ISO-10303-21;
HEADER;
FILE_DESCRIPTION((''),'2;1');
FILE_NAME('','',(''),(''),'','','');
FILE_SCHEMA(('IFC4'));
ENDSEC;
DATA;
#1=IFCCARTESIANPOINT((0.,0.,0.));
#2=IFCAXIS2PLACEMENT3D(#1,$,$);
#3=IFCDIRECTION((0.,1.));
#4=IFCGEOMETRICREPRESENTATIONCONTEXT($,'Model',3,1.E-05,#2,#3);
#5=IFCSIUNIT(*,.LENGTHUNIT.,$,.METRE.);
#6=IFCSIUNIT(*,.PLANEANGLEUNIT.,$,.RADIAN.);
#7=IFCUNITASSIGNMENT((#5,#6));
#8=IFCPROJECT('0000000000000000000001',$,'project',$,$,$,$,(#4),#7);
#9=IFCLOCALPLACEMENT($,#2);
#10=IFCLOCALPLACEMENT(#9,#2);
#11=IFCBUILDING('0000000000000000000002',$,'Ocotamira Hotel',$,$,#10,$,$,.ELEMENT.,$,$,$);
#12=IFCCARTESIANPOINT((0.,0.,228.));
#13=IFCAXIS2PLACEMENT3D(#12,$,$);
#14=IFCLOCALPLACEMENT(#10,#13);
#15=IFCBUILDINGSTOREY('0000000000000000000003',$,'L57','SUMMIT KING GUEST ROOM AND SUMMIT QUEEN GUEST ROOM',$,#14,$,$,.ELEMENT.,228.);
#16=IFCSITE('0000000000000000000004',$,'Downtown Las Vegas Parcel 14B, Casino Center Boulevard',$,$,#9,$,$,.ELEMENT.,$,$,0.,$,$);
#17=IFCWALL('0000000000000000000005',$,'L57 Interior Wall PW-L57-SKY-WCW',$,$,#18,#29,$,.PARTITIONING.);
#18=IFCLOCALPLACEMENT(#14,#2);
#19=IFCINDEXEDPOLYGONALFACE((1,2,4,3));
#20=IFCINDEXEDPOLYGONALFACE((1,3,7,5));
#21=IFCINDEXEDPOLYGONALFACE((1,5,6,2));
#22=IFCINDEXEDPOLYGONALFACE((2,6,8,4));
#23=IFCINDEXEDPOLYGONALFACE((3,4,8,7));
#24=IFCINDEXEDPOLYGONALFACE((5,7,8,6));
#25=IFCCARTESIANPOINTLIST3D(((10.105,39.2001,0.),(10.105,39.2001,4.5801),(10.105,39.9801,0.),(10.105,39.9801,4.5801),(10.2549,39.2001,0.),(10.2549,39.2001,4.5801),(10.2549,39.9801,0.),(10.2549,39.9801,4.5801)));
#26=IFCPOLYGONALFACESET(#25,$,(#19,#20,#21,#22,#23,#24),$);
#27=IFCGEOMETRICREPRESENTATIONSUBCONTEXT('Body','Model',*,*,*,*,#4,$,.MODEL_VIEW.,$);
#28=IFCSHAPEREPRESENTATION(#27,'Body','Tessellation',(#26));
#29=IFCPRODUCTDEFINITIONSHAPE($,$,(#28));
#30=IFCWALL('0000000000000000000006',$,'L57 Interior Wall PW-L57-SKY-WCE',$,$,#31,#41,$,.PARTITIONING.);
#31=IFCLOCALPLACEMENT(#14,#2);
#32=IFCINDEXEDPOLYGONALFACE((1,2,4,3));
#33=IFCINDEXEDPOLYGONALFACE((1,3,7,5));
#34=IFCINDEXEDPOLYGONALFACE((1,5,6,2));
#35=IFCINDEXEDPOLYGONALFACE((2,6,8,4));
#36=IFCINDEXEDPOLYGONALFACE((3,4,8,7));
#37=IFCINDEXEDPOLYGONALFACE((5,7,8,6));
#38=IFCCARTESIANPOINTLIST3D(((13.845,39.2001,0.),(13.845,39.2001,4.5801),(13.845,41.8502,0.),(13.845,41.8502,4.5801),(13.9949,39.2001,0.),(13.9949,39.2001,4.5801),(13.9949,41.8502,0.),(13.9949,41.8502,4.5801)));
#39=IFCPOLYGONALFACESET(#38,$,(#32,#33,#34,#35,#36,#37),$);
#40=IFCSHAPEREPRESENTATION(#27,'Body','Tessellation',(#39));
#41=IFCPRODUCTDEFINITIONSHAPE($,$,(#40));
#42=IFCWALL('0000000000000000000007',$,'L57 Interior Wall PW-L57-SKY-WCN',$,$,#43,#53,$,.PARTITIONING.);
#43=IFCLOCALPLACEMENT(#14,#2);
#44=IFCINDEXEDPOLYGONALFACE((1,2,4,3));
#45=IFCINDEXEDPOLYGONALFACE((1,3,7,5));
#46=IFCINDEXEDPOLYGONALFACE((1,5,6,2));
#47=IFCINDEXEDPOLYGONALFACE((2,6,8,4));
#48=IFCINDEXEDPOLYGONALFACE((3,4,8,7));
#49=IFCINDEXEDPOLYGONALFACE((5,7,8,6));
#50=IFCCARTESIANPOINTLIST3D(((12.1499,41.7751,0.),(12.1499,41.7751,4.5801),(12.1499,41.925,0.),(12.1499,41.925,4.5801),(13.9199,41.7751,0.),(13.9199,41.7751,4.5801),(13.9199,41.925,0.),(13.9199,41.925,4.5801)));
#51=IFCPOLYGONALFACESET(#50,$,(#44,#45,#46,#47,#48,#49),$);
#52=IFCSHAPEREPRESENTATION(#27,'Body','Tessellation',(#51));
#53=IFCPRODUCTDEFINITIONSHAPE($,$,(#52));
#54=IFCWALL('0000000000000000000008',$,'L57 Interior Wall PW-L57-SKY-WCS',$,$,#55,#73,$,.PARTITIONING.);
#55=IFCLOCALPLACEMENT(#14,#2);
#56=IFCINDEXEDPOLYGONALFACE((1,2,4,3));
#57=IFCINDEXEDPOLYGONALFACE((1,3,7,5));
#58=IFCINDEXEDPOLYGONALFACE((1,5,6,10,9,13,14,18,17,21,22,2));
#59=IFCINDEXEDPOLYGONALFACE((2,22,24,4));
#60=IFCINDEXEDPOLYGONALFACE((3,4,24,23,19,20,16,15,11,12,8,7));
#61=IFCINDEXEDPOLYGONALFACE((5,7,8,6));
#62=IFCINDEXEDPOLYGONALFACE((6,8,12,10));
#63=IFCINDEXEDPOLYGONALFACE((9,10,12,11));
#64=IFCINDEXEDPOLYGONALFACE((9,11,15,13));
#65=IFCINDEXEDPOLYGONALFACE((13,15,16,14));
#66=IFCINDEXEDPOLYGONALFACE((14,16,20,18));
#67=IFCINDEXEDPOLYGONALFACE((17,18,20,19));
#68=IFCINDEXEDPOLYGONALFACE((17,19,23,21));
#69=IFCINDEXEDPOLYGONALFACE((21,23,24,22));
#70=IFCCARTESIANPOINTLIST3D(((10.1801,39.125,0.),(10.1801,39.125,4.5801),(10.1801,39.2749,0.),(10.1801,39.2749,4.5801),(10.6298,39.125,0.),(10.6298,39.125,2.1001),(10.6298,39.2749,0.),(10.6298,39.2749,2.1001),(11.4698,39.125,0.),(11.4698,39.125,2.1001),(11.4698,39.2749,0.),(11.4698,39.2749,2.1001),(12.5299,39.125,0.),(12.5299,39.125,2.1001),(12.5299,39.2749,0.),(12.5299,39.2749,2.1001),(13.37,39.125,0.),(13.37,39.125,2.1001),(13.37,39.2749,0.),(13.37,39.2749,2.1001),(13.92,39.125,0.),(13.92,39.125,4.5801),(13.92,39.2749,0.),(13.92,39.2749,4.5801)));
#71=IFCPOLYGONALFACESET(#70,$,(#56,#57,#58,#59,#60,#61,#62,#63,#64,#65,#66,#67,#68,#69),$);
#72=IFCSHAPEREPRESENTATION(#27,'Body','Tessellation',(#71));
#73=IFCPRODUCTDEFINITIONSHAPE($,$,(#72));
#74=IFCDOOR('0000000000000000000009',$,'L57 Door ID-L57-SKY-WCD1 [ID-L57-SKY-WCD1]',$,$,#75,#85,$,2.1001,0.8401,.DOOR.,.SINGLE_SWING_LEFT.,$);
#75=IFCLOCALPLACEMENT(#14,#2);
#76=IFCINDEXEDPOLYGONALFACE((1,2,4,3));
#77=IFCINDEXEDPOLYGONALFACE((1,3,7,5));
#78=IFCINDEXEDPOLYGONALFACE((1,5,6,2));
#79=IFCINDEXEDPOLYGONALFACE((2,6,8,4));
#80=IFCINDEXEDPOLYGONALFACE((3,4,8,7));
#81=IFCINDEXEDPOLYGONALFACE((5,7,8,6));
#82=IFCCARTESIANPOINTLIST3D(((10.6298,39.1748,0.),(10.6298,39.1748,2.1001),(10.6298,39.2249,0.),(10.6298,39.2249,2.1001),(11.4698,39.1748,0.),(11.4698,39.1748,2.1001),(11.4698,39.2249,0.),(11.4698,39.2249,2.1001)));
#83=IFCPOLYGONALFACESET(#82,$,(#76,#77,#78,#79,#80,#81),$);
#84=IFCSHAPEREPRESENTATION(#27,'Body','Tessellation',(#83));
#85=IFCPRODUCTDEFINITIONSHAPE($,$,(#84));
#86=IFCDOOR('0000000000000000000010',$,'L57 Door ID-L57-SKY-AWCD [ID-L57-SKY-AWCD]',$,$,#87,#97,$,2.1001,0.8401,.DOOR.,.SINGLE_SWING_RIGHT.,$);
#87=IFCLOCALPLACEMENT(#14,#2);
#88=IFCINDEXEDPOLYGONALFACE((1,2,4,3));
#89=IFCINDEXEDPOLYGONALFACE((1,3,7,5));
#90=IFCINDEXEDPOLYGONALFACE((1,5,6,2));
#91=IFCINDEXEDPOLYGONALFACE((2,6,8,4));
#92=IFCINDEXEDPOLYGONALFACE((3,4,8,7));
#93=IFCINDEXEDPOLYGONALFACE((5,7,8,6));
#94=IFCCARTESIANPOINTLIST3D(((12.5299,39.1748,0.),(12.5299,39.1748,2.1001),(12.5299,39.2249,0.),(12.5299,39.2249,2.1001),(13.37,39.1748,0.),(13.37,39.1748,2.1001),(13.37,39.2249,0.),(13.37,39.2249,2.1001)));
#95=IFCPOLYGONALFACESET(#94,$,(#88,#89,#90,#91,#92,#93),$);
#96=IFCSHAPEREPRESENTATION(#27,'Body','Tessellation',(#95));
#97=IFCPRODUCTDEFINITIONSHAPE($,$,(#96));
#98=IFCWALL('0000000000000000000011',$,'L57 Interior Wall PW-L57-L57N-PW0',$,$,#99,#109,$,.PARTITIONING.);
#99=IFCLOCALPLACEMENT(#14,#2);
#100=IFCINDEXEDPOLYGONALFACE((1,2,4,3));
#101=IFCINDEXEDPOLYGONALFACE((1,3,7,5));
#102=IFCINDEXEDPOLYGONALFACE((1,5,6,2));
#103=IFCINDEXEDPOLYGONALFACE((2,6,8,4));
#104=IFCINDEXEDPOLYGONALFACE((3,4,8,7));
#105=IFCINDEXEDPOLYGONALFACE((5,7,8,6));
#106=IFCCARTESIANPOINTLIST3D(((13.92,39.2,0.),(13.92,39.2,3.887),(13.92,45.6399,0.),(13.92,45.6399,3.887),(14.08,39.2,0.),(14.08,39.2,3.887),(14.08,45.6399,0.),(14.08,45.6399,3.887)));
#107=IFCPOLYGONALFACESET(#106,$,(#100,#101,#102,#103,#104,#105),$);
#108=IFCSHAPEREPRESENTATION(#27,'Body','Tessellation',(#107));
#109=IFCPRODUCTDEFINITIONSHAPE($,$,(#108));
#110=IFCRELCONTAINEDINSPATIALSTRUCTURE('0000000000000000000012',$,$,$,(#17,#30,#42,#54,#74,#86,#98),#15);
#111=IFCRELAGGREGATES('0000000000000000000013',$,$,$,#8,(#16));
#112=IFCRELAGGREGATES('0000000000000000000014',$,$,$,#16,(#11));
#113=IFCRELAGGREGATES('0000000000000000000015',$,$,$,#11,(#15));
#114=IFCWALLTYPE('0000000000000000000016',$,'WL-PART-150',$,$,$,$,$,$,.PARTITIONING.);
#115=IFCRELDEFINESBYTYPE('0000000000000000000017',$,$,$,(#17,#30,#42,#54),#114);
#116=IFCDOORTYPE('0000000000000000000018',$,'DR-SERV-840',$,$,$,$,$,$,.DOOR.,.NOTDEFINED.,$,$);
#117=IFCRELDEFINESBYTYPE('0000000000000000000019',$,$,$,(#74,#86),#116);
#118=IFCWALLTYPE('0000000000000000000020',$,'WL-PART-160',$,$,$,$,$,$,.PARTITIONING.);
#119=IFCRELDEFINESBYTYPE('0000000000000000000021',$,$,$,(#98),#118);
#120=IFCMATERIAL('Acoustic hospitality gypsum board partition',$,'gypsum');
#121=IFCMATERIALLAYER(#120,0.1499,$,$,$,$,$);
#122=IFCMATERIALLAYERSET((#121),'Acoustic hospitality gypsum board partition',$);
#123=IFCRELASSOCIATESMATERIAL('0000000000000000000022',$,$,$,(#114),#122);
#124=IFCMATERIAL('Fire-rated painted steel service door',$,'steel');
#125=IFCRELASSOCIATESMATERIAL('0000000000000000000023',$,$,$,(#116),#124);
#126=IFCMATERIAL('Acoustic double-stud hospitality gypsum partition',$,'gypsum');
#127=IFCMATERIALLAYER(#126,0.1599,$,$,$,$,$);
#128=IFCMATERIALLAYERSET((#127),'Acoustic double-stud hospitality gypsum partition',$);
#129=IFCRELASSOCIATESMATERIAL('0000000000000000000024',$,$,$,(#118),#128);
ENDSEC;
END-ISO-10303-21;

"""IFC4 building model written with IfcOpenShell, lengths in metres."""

from ifc_helpers import new_model, si_unit, direction, frame, frame_2d, origin, place, context, subcontext, project, spatial, rectangle, extrude, source, transform, mapped, material, layer, layer_set, type_object, element, fill, save


model = new_model("IFC4")

# Units and contexts
model_context = context("Model", 3, precision=1e-05, world=origin(), true_north=direction((0.0, 1.0)))
body_context = subcontext(model_context, "Body", "Model", "MODEL_VIEW")
ifc_project = project(units=[si_unit("LENGTHUNIT", "METRE"), si_unit("PLANEANGLEUNIT", "RADIAN")], contexts=[model_context])

# Site, building, storey
site_placement = place(None, origin())
site = spatial("IfcSite", under=ifc_project, at=site_placement, Name="Downtown Las Vegas Parcel 14B, Casino Center Boulevard", CompositionType="ELEMENT", RefElevation=0.0)
building_placement = place(site_placement, origin())
building = spatial("IfcBuilding", under=site, at=building_placement, Name="Ocotamira Hotel", CompositionType="ELEMENT")
storey_placement = place(building_placement, frame((0.0, 0.0, 228.0)))
storey = spatial("IfcBuildingStorey", under=building, at=storey_placement, Name="L57", Description="SUMMIT KING GUEST ROOM AND SUMMIT QUEEN GUEST ROOM", CompositionType="ELEMENT", Elevation=228.0)

# Walls
ifc_material_1 = material(Name="Acoustic hospitality gypsum board partition", Category="gypsum")
ifc_layer_1 = layer(ifc_material_1, 0.1499)
ifc_layer_set_1 = layer_set([ifc_layer_1], Name="Acoustic hospitality gypsum board partition")
wall_type_1 = type_object("IfcWallType", Name="WL-PART-150", PredefinedType="PARTITIONING", material=ifc_layer_set_1)
wall_1_placement = place(storey_placement, frame((10.1799, 39.2, 0.0), z_axis=(0.0, 0.0, 1.0), x_axis=(0.0, 1.0, 0.0)))
element("IfcWall", 1, at=wall_1_placement, inside=storey, type_object=wall_type_1, Name="L57 Interior Wall PW-L57-SKY-WCW", PredefinedType="PARTITIONING", context=body_context, shape_type="SweptSolid", body=[
    extrude(rectangle(XDim=0.78, YDim=0.1499, at=frame_2d((0.3901, 0.0))), origin(), (0.0, 0.0, 1.0), 4.5801),
])
wall_2_placement = place(storey_placement, frame((13.9199, 39.2, 0.0), z_axis=(0.0, 0.0, 1.0), x_axis=(0.0, 1.0, 0.0)))
element("IfcWall", 2, at=wall_2_placement, inside=storey, type_object=wall_type_1, Name="L57 Interior Wall PW-L57-SKY-WCE", PredefinedType="PARTITIONING", context=body_context, shape_type="SweptSolid", body=[
    extrude(rectangle(XDim=2.6501, YDim=0.1499, at=frame_2d((1.3252, 0.0))), origin(), (0.0, 0.0, 1.0), 4.5801),
])
wall_3_placement = place(storey_placement, frame((12.1499, 41.8501, 0.0), z_axis=(0.0, 0.0, 1.0), x_axis=(1.0, 0.0, 0.0)))
element("IfcWall", 3, at=wall_3_placement, inside=storey, type_object=wall_type_1, Name="L57 Interior Wall PW-L57-SKY-WCN", PredefinedType="PARTITIONING", context=body_context, shape_type="SweptSolid", body=[
    extrude(rectangle(XDim=1.77, YDim=0.1499, at=frame_2d((0.885, 0.0))), origin(), (0.0, 0.0, 1.0), 4.5801),
])

# Wall, openings, doors
wall_4_placement = place(storey_placement, frame((10.1799, 39.2, 0.0), z_axis=(0.0, 0.0, 1.0), x_axis=(1.0, 0.0, 0.0)))
wall_4 = element("IfcWall", 4, at=wall_4_placement, inside=storey, type_object=wall_type_1, Name="L57 Interior Wall PW-L57-SKY-WCS", PredefinedType="PARTITIONING", context=body_context, shape_type="SweptSolid", body=[
    extrude(rectangle(XDim=3.74, YDim=0.1499, at=frame_2d((1.8701, 0.0))), origin(), (0.0, 0.0, 1.0), 4.5801),
])
opening_1_placement = place(wall_4_placement, frame((0.45, 0.0, 0.0)))
opening_1 = element("IfcOpeningElement", 5, at=opening_1_placement, cuts=wall_4, PredefinedType="OPENING", context=body_context, shape_type="SweptSolid", body=[
    extrude(rectangle(XDim=0.8401, YDim=2.1001, at=frame_2d((0.4199, 1.05))), frame((0.0, 0.085, 0.0), z_axis=(0.0, -1.0, 0.0), x_axis=(1.0, 0.0, 0.0)), (0.0, 0.0, 1.0), 0.1699),
])
opening_2_placement = place(wall_4_placement, frame((2.3501, 0.0, 0.0)))
opening_2 = element("IfcOpeningElement", 6, at=opening_2_placement, cuts=wall_4, PredefinedType="OPENING", context=body_context, shape_type="SweptSolid", body=[
    extrude(rectangle(XDim=0.8401, YDim=2.1001, at=frame_2d((0.4199, 1.05))), frame((0.0, 0.085, 0.0), z_axis=(0.0, -1.0, 0.0), x_axis=(1.0, 0.0, 0.0)), (0.0, 0.0, 1.0), 0.1699),
])
ifc_material_2 = material(Name="Fire-rated painted steel service door", Category="steel")
door_type_1 = type_object("IfcDoorType", Name="DR-SERV-840", OperationType="NOTDEFINED", PredefinedType="DOOR", material=ifc_material_2)
shared_shape_1 = source(origin(), body_context, "Body", "SweptSolid", [
    extrude(rectangle(XDim=0.8401, YDim=2.1001, at=frame_2d((0.4199, 1.05))), frame((0.0, 0.0249, 0.0), z_axis=(0.0, -1.0, 0.0), x_axis=(1.0, 0.0, 0.0)), (0.0, 0.0, 1.0), 0.05),
])
door_1_placement = place(opening_1_placement, origin())
door_1 = element("IfcDoor", 7, at=door_1_placement, inside=storey, type_object=door_type_1, Name="L57 Door ID-L57-SKY-WCD1 [ID-L57-SKY-WCD1]", OperationType="SINGLE_SWING_LEFT", OverallHeight=2.1001, OverallWidth=0.8401, PredefinedType="DOOR", context=body_context, shape_type="MappedRepresentation", body=[
    mapped(shared_shape_1, transform((0.0, 0.0, 0.0), scale=1.0)),
])
fill(opening_1, door_1)
door_2_placement = place(opening_2_placement, origin())
door_2 = element("IfcDoor", 8, at=door_2_placement, inside=storey, type_object=door_type_1, Name="L57 Door ID-L57-SKY-AWCD [ID-L57-SKY-AWCD]", OperationType="SINGLE_SWING_RIGHT", OverallHeight=2.1001, OverallWidth=0.8401, PredefinedType="DOOR", context=body_context, shape_type="MappedRepresentation", body=[
    mapped(shared_shape_1, transform((0.0, 0.0, 0.0), scale=1.0)),
])
fill(opening_2, door_2)

# Wall
ifc_material_3 = material(Name="Acoustic double-stud hospitality gypsum partition", Category="gypsum")
ifc_layer_2 = layer(ifc_material_3, 0.1599)
ifc_layer_set_2 = layer_set([ifc_layer_2], Name="Acoustic double-stud hospitality gypsum partition")
wall_type_2 = type_object("IfcWallType", Name="WL-PART-160", PredefinedType="PARTITIONING", material=ifc_layer_set_2)
wall_5_placement = place(storey_placement, frame((14.0, 39.2, 0.0), z_axis=(0.0, 0.0, 1.0), x_axis=(0.0, 1.0, 0.0)))
element("IfcWall", 9, at=wall_5_placement, inside=storey, type_object=wall_type_2, Name="L57 Interior Wall PW-L57-L57N-PW0", PredefinedType="PARTITIONING", context=body_context, shape_type="SweptSolid", body=[
    extrude(rectangle(XDim=6.4399, YDim=0.1599, at=frame_2d((3.22, 0.0))), origin(), (0.0, 0.0, 1.0), 3.887),
])

save(model, "model.ifc")
